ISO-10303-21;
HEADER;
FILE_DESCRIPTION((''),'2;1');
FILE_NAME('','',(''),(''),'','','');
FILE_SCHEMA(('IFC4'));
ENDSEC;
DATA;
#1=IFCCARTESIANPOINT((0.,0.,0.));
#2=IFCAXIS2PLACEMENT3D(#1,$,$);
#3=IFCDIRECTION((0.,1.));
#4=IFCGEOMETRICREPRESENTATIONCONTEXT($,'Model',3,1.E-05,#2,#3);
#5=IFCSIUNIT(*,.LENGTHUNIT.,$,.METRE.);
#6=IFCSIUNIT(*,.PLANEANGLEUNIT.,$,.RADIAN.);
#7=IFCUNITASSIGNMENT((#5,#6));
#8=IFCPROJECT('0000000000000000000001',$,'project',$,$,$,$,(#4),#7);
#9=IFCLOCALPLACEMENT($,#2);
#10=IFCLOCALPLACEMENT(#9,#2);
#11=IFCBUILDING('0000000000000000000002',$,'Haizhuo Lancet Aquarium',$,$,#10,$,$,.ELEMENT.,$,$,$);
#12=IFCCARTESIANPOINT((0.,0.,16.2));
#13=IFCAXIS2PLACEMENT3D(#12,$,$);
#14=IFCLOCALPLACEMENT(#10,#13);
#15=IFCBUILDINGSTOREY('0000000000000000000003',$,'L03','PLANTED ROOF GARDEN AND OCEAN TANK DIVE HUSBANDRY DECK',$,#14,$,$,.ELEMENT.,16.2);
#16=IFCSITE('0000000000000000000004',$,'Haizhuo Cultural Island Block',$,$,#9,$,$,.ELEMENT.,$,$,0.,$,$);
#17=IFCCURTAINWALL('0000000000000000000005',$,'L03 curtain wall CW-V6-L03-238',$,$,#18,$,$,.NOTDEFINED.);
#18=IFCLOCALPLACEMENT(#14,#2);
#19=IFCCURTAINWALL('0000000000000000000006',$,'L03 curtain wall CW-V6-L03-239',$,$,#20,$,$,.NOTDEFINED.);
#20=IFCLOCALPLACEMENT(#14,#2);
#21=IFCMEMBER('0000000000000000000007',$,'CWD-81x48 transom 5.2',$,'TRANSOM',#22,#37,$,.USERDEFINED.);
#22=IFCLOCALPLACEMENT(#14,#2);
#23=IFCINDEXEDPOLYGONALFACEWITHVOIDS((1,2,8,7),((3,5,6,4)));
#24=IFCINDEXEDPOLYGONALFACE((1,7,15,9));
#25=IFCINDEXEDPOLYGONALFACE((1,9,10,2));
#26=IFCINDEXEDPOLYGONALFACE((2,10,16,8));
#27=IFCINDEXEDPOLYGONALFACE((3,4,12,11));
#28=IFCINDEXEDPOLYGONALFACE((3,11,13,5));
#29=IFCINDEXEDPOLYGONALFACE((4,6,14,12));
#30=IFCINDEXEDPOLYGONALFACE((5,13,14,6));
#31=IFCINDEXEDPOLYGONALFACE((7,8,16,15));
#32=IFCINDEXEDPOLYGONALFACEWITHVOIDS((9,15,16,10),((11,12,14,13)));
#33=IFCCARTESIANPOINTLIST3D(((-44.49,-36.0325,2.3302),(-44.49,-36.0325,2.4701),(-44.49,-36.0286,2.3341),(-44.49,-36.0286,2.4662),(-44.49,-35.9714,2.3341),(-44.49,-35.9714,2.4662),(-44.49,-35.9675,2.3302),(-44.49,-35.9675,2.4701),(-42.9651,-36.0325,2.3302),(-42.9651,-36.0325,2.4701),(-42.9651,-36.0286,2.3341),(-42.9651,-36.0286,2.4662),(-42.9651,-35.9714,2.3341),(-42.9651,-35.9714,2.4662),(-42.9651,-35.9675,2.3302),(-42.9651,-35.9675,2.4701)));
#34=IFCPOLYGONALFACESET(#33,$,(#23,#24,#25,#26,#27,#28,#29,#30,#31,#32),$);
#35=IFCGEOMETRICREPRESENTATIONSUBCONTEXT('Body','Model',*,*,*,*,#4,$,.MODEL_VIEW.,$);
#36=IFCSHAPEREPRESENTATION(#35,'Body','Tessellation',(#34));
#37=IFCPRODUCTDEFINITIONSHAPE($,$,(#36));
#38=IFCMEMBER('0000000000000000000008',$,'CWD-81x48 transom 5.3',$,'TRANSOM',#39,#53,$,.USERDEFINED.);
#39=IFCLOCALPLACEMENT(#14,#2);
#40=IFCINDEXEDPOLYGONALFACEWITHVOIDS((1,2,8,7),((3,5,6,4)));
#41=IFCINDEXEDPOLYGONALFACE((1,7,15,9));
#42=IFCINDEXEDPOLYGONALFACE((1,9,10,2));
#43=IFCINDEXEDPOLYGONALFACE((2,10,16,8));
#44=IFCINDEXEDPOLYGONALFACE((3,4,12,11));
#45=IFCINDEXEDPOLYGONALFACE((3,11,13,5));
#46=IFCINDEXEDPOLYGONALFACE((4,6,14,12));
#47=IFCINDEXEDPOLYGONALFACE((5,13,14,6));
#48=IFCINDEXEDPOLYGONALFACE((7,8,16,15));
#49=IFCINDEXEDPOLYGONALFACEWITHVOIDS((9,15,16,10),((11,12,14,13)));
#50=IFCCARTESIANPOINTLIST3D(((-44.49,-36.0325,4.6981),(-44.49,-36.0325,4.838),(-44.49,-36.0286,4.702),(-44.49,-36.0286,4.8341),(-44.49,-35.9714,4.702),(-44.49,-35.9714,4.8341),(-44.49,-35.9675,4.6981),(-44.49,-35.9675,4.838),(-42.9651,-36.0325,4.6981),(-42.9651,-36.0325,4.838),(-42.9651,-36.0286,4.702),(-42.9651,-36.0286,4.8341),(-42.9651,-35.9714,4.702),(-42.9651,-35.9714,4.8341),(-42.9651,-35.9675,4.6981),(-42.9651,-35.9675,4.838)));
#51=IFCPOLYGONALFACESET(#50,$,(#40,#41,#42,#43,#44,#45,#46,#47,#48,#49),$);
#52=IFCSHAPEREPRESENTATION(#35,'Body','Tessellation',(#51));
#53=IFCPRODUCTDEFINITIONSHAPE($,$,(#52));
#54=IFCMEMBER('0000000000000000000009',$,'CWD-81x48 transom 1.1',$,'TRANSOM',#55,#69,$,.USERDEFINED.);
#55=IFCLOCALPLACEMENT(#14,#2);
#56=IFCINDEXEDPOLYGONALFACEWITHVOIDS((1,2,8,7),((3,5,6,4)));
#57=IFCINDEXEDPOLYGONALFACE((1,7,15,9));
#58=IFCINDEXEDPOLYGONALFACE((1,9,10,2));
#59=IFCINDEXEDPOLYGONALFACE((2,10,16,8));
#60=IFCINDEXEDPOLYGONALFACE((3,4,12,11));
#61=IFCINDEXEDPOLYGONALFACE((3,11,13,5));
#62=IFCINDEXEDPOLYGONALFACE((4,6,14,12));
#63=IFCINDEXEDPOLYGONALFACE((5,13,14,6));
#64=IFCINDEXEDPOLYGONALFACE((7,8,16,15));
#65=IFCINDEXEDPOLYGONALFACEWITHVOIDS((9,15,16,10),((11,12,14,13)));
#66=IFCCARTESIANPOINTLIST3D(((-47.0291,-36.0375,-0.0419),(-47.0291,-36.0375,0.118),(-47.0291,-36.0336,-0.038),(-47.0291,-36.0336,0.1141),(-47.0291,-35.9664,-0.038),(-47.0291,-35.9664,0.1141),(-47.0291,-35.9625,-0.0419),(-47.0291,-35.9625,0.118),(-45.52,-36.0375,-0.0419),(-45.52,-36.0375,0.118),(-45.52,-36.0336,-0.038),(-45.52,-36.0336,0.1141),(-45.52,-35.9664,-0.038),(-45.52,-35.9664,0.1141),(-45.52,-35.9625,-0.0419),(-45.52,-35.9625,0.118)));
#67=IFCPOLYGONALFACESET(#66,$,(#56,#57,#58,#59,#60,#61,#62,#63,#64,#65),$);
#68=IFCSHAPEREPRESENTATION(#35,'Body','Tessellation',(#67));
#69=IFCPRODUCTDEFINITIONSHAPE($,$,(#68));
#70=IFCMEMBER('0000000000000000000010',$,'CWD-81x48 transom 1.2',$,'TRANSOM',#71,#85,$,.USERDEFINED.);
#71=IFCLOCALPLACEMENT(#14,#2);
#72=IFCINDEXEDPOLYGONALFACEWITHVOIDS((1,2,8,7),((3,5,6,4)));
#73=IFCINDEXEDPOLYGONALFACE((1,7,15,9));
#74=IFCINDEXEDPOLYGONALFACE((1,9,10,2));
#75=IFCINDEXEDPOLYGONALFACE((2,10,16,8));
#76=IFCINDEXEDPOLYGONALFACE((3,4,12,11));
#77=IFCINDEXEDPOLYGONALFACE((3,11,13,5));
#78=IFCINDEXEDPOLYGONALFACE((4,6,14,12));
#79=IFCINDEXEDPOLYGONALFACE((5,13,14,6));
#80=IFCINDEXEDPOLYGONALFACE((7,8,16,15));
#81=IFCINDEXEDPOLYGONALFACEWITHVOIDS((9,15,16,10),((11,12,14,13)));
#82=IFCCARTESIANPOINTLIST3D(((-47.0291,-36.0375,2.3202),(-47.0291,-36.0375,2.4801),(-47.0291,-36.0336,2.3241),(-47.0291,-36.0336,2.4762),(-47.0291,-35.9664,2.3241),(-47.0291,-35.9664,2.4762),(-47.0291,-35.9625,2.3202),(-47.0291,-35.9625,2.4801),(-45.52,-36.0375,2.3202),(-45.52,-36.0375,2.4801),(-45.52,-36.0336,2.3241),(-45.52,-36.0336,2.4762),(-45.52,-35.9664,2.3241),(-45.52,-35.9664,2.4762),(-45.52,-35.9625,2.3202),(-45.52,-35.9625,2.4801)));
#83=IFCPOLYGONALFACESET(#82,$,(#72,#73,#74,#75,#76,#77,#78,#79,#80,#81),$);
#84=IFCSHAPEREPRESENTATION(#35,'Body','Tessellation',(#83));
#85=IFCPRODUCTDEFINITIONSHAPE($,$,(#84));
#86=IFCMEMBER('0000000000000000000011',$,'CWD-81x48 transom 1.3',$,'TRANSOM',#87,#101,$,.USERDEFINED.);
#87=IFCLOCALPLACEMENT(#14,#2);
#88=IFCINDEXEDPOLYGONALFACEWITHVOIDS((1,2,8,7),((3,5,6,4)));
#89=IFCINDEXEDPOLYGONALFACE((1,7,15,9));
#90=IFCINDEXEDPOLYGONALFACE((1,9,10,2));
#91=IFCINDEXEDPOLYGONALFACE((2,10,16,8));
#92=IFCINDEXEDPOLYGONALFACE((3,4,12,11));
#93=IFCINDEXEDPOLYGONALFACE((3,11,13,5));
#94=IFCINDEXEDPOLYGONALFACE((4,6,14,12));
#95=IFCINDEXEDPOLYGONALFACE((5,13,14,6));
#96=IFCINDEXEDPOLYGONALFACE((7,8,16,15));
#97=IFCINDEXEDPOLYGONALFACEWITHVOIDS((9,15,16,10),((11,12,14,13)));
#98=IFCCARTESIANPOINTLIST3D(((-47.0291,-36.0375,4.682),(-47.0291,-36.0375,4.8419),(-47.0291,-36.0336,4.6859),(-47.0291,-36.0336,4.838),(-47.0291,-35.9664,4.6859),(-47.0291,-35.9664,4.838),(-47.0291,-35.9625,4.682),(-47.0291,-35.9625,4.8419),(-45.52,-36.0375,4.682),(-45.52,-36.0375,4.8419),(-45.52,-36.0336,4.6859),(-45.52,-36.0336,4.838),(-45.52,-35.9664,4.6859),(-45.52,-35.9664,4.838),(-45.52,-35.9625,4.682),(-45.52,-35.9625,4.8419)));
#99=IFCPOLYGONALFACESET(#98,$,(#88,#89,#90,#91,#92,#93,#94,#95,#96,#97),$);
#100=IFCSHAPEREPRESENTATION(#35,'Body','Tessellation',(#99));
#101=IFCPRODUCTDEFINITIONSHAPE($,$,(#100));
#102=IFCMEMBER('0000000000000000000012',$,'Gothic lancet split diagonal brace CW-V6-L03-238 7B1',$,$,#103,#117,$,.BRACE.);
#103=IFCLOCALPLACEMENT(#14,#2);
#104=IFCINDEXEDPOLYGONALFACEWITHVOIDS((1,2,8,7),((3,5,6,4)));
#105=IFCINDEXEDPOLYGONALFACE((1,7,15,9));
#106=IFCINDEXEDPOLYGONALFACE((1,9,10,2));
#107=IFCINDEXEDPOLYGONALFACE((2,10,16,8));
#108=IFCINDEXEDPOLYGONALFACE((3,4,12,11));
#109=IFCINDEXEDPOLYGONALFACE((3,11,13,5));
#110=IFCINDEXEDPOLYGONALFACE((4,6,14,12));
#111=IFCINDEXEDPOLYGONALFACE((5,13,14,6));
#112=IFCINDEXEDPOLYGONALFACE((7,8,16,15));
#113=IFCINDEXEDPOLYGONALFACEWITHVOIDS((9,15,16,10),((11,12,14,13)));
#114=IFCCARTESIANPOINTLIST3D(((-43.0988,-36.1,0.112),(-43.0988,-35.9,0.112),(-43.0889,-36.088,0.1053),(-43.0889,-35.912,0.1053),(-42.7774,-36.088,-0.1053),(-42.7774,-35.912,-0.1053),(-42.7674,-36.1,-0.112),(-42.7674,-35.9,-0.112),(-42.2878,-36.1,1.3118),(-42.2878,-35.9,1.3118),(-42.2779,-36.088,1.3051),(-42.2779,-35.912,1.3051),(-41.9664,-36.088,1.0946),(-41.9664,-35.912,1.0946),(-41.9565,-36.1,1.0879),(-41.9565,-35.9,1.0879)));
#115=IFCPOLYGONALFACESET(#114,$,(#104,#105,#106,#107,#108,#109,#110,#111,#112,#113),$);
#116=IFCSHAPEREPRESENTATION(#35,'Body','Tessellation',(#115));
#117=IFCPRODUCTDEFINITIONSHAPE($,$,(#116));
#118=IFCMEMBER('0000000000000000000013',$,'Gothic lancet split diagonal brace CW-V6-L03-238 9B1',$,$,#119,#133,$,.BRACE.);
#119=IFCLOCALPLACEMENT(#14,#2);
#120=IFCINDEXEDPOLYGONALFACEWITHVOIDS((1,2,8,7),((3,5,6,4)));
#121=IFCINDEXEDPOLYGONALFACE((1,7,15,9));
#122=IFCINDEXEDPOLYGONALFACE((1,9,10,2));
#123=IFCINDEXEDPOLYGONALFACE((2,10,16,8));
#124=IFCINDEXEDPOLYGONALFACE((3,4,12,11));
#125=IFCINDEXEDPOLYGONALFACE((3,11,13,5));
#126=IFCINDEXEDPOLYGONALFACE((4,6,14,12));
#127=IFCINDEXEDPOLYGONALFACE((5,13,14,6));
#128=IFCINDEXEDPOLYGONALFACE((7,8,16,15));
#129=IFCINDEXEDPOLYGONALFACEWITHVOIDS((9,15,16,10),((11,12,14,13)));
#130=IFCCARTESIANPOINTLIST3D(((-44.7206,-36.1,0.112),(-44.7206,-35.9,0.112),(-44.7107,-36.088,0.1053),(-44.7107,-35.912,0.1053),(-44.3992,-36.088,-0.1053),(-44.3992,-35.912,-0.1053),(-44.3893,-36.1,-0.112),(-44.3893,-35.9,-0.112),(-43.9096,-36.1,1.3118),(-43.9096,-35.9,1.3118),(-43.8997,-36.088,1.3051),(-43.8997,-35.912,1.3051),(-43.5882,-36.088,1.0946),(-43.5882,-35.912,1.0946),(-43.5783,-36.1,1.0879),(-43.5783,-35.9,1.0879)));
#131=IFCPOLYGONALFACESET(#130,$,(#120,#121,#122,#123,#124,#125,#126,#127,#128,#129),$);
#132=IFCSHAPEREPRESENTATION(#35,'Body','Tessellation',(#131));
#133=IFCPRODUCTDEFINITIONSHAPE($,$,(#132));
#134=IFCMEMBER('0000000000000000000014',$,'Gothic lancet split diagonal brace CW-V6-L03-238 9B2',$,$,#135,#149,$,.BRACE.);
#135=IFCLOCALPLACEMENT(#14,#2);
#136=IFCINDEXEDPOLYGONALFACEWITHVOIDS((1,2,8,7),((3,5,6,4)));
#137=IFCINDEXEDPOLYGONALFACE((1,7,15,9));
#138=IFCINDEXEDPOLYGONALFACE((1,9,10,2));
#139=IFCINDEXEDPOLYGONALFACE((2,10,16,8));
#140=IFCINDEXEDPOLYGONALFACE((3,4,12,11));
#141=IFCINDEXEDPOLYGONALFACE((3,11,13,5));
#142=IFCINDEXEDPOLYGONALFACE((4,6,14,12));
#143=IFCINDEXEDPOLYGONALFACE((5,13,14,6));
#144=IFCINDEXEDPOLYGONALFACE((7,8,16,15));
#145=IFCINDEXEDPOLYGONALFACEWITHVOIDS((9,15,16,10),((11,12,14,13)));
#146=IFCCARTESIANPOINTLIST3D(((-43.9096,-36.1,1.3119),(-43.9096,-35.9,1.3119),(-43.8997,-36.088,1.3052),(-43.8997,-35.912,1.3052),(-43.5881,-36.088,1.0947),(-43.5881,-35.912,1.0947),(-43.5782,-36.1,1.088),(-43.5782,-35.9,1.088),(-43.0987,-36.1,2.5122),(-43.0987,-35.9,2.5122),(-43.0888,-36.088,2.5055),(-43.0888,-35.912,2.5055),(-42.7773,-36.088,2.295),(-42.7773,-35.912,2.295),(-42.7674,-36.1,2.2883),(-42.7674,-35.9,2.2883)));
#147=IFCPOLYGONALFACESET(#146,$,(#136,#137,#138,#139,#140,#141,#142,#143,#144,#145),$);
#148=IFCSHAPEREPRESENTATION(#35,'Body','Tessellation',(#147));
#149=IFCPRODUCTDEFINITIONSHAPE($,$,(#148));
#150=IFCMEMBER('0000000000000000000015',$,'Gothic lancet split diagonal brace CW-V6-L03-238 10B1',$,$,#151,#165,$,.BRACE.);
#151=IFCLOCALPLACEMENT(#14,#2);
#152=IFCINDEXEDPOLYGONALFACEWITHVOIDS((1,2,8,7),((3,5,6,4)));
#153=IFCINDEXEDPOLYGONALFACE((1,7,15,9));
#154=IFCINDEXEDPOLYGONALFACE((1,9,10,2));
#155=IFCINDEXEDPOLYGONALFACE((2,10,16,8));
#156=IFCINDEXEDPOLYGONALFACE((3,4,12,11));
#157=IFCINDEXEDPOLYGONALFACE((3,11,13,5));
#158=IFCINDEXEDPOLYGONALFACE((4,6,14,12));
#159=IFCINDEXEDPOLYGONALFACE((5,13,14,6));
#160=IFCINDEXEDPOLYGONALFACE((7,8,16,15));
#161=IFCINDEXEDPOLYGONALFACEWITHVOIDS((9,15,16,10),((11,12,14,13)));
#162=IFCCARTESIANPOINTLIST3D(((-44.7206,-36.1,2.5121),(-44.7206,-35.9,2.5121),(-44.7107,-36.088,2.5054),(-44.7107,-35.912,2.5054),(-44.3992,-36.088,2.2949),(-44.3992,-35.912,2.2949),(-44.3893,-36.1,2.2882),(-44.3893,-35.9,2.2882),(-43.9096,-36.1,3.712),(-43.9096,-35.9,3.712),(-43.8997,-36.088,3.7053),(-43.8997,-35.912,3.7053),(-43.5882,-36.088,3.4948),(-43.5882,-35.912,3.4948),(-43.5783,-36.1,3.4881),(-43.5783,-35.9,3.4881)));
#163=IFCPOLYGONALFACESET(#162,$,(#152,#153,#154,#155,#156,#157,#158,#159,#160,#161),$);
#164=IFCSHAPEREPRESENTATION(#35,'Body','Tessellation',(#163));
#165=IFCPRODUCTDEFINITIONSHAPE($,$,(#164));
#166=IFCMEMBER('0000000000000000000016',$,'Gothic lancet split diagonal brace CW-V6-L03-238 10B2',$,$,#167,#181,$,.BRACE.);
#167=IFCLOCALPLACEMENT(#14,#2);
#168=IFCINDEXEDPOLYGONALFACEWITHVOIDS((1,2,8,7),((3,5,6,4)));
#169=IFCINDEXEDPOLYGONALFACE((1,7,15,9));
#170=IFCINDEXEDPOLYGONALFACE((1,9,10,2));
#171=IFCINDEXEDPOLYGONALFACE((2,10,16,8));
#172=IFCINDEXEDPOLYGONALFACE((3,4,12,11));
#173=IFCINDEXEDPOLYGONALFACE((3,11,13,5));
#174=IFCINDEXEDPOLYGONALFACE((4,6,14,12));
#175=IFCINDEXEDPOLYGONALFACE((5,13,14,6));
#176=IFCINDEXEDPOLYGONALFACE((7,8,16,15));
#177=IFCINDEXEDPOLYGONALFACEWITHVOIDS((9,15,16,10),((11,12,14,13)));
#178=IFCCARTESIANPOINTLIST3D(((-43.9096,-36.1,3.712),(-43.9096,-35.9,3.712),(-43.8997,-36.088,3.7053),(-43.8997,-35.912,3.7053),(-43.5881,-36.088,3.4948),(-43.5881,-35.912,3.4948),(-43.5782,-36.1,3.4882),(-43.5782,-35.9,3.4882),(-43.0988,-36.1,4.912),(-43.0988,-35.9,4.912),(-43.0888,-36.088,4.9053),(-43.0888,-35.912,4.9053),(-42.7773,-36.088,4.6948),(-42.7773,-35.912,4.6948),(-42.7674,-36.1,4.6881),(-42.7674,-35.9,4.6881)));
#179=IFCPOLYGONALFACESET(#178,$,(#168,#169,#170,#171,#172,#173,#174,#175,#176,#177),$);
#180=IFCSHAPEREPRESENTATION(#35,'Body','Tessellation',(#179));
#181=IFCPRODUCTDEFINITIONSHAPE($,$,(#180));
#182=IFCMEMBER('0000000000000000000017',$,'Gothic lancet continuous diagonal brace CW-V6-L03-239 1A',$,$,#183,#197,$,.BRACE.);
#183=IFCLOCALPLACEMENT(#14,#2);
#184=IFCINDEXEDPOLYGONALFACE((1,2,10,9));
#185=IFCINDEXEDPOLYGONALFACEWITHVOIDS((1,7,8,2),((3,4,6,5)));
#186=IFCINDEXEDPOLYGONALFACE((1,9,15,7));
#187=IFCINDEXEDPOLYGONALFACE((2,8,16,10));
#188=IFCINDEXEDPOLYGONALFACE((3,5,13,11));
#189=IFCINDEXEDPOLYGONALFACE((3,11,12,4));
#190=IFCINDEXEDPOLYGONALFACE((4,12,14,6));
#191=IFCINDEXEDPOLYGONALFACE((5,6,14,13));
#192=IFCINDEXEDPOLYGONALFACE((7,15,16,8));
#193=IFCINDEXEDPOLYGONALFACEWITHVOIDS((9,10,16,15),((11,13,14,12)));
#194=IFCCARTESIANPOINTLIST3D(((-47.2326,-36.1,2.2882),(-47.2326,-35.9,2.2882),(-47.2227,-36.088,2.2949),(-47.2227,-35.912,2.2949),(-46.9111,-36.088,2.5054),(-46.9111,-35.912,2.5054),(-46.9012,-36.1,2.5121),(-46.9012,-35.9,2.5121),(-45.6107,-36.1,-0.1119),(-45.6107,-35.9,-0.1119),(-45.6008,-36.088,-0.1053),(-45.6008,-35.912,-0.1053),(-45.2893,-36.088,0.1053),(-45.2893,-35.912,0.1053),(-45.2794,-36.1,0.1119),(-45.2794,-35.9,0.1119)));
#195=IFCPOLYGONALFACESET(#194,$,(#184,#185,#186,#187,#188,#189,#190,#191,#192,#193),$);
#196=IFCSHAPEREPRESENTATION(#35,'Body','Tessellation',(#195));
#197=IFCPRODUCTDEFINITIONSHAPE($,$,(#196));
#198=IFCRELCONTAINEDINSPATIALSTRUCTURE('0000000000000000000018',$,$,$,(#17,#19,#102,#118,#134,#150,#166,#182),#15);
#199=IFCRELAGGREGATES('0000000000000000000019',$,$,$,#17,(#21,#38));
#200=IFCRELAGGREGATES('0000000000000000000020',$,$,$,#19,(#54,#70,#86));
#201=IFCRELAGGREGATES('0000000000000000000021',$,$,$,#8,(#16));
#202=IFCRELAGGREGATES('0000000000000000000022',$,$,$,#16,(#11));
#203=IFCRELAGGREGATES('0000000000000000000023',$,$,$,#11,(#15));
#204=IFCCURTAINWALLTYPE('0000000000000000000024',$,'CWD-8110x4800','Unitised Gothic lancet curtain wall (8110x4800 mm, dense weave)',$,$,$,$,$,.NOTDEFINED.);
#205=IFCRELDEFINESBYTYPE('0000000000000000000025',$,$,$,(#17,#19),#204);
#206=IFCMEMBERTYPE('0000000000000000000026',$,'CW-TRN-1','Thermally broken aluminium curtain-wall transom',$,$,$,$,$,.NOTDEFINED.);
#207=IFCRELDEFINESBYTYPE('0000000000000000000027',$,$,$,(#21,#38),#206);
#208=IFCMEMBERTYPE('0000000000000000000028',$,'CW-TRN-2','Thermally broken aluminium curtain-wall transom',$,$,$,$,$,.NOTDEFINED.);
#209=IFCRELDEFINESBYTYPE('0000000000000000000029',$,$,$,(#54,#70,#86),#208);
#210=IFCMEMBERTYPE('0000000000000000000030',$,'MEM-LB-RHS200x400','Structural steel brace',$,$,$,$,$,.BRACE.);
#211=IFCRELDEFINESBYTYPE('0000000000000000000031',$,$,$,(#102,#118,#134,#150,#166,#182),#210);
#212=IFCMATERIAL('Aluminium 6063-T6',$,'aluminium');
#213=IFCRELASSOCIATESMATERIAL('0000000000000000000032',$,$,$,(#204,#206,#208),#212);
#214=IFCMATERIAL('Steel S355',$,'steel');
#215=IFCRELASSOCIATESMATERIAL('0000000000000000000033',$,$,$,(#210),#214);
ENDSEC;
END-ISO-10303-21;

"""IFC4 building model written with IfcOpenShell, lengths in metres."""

from ifc_helpers import new_model, si_unit, direction, frame, origin, origin_2d, place, context, subcontext, project, spatial, hollow_rectangle, extrude, material, material_profile, profile_set, type_object, element, aggregate, save


model = new_model("IFC4")

# Units and contexts
model_context = context("Model", 3, precision=1e-05, world=origin(), true_north=direction((0.0, 1.0)))
body_context = subcontext(model_context, "Body", "Model", "MODEL_VIEW")
ifc_project = project(units=[si_unit("LENGTHUNIT", "METRE"), si_unit("PLANEANGLEUNIT", "RADIAN")], contexts=[model_context])

# Site, building, storey
site_placement = place(None, origin())
site = spatial("IfcSite", under=ifc_project, at=site_placement, Name="Haizhuo Cultural Island Block", CompositionType="ELEMENT", RefElevation=0.0)
building_placement = place(site_placement, origin())
building = spatial("IfcBuilding", under=site, at=building_placement, Name="Haizhuo Lancet Aquarium", CompositionType="ELEMENT")
storey_placement = place(building_placement, frame((0.0, 0.0, 16.2)))
storey = spatial("IfcBuildingStorey", under=building, at=storey_placement, Name="L03", Description="PLANTED ROOF GARDEN AND OCEAN TANK DIVE HUSBANDRY DECK", CompositionType="ELEMENT", Elevation=16.2)

# Shared definitions
ifc_material_1 = material(Name="Steel S355", Category="steel")

# Curtain wall
ifc_material_2 = material(Name="Aluminium 6063-T6", Category="aluminium")
curtain_wall_type = type_object("IfcCurtainWallType", Name="CWD-8110x4800", Description="Unitised Gothic lancet curtain wall (8110x4800 mm, dense weave)", PredefinedType="NOTDEFINED", material=ifc_material_2)
curtain_wall_1_placement = place(storey_placement, origin())
curtain_wall_1 = element("IfcCurtainWall", 1, at=curtain_wall_1_placement, inside=storey, type_object=curtain_wall_type, Name="L03 curtain wall CW-V6-L03-238", PredefinedType="NOTDEFINED")

# Curtain wall
curtain_wall_2_placement = place(storey_placement, origin())
curtain_wall_2 = element("IfcCurtainWall", 2, at=curtain_wall_2_placement, inside=storey, type_object=curtain_wall_type, Name="L03 curtain wall CW-V6-L03-239", PredefinedType="NOTDEFINED")

# Members
ifc_material_profile_1 = material_profile(ifc_material_2, hollow_rectangle(XDim=0.0649, YDim=0.1399, WallThickness=0.0039, at=origin_2d()), Name="ALU-T 65x140x4")
ifc_profile_set_1 = profile_set([ifc_material_profile_1], Name="Aluminium 6063-T6")
member_type_1 = type_object("IfcMemberType", Name="CW-TRN-1", Description="Thermally broken aluminium curtain-wall transom", PredefinedType="NOTDEFINED", material=ifc_profile_set_1)
member_1_placement = place(storey_placement, frame((-42.9651, -36.0, 2.4001), z_axis=(-1.0, 0.0, 0.0), x_axis=(0.0, -1.0, 0.0)))
member_1 = element("IfcMember", 3, at=member_1_placement, type_object=member_type_1, Name="CWD-81x48 transom 5.2", ObjectType="TRANSOM", PredefinedType="USERDEFINED", context=body_context, shape_type="SweptSolid", body=[
    extrude(hollow_rectangle(XDim=0.0649, YDim=0.1399, WallThickness=0.0039, at=origin_2d()), origin(), (0.0, 0.0, 1.0), 1.5249),
])
member_2_placement = place(storey_placement, frame((-42.9651, -36.0, 4.7681), z_axis=(-1.0, 0.0, 0.0), x_axis=(0.0, -1.0, 0.0)))
member_2 = element("IfcMember", 4, at=member_2_placement, type_object=member_type_1, Name="CWD-81x48 transom 5.3", ObjectType="TRANSOM", PredefinedType="USERDEFINED", context=body_context, shape_type="SweptSolid", body=[
    extrude(hollow_rectangle(XDim=0.0649, YDim=0.1399, WallThickness=0.0039, at=origin_2d()), origin(), (0.0, 0.0, 1.0), 1.5249),
])
ifc_material_profile_2 = material_profile(ifc_material_2, hollow_rectangle(XDim=0.075, YDim=0.1599, WallThickness=0.0039, at=origin_2d()), Name="ALU-T 75x160x4")
ifc_profile_set_2 = profile_set([ifc_material_profile_2], Name="Aluminium 6063-T6")
member_type_2 = type_object("IfcMemberType", Name="CW-TRN-2", Description="Thermally broken aluminium curtain-wall transom", PredefinedType="NOTDEFINED", material=ifc_profile_set_2)
member_3_placement = place(storey_placement, frame((-45.52, -36.0, 0.0381), z_axis=(-1.0, 0.0, 0.0), x_axis=(0.0, -1.0, 0.0)))
member_3 = element("IfcMember", 5, at=member_3_placement, type_object=member_type_2, Name="CWD-81x48 transom 1.1", ObjectType="TRANSOM", PredefinedType="USERDEFINED", context=body_context, shape_type="SweptSolid", body=[
    extrude(hollow_rectangle(XDim=0.075, YDim=0.1599, WallThickness=0.0039, at=origin_2d()), origin(), (0.0, 0.0, 1.0), 1.509),
])
member_4_placement = place(storey_placement, frame((-45.52, -36.0, 2.4001), z_axis=(-1.0, 0.0, 0.0), x_axis=(0.0, -1.0, 0.0)))
member_4 = element("IfcMember", 6, at=member_4_placement, type_object=member_type_2, Name="CWD-81x48 transom 1.2", ObjectType="TRANSOM", PredefinedType="USERDEFINED", context=body_context, shape_type="SweptSolid", body=[
    extrude(hollow_rectangle(XDim=0.075, YDim=0.1599, WallThickness=0.0039, at=origin_2d()), origin(), (0.0, 0.0, 1.0), 1.509),
])
member_5_placement = place(storey_placement, frame((-45.52, -36.0, 4.762), z_axis=(-1.0, 0.0, 0.0), x_axis=(0.0, -1.0, 0.0)))
member_5 = element("IfcMember", 7, at=member_5_placement, type_object=member_type_2, Name="CWD-81x48 transom 1.3", ObjectType="TRANSOM", PredefinedType="USERDEFINED", context=body_context, shape_type="SweptSolid", body=[
    extrude(hollow_rectangle(XDim=0.075, YDim=0.1599, WallThickness=0.0039, at=origin_2d()), origin(), (0.0, 0.0, 1.0), 1.509),
])

# Members
ifc_material_profile_3 = material_profile(ifc_material_1, hollow_rectangle(XDim=0.2, YDim=0.3999, WallThickness=0.012, at=origin_2d()), Name="RHS 200x400x12")
ifc_profile_set_3 = profile_set([ifc_material_profile_3], Name="Steel S355")
member_type_3 = type_object("IfcMemberType", Name="MEM-LB-RHS200x400", Description="Structural steel brace", PredefinedType="BRACE", material=ifc_profile_set_3)
for number, where, z_axis, x_axis, name in (
    (8, (-42.9331, -36.0, 0.0), (0.559979, 0.0, 0.828507), (0.0, 1.0, 0.0), "Gothic lancet split diagonal brace CW-V6-L03-238 7B1"),
    (9, (-44.5549, -36.0, 0.0), (0.559979, 0.0, 0.828507), (0.0, 1.0, 0.0), "Gothic lancet split diagonal brace CW-V6-L03-238 9B1"),
):
    element("IfcMember", number, at=place(storey_placement, frame(where, z_axis=z_axis, x_axis=x_axis)), inside=storey, type_object=member_type_3, Name=name, PredefinedType="BRACE", context=body_context, shape_type="SweptSolid", body=[
        extrude(hollow_rectangle(XDim=0.2, YDim=0.3999, WallThickness=0.012, at=origin_2d()), origin(), (0.0, 0.0, 1.0), 1.4482),
    ])
member_6_placement = place(storey_placement, frame((-43.7439, -36.0, 1.2), z_axis=(0.559785, 0.0, 0.828638), x_axis=(0.0, 1.0, 0.0)))
element("IfcMember", 10, at=member_6_placement, inside=storey, type_object=member_type_3, Name="Gothic lancet split diagonal brace CW-V6-L03-238 9B2", PredefinedType="BRACE", context=body_context, shape_type="SweptSolid", body=[
    extrude(hollow_rectangle(XDim=0.2, YDim=0.3999, WallThickness=0.012, at=origin_2d()), origin(), (0.0, 0.0, 1.0), 1.4485),
])
for number, where, z_axis, x_axis, name in (
    (11, (-44.5549, -36.0, 2.4001), (0.559979, 0.0, 0.828507), (0.0, 1.0, 0.0), "Gothic lancet split diagonal brace CW-V6-L03-238 10B1"),
    (12, (-43.7439, -36.0, 3.6001), (0.559864, 0.0, 0.828585), (0.0, 1.0, 0.0), "Gothic lancet split diagonal brace CW-V6-L03-238 10B2"),
):
    element("IfcMember", number, at=place(storey_placement, frame(where, z_axis=z_axis, x_axis=x_axis)), inside=storey, type_object=member_type_3, Name=name, PredefinedType="BRACE", context=body_context, shape_type="SweptSolid", body=[
        extrude(hollow_rectangle(XDim=0.2, YDim=0.3999, WallThickness=0.012, at=origin_2d()), origin(), (0.0, 0.0, 1.0), 1.4482),
    ])
member_7_placement = place(storey_placement, frame((-45.4451, -36.0, 0.0), z_axis=(-0.559882, 0.0, 0.828572), x_axis=(0.0, -1.0, 0.0)))
element("IfcMember", 13, at=member_7_placement, inside=storey, type_object=member_type_3, Name="Gothic lancet continuous diagonal brace CW-V6-L03-239 1A", PredefinedType="BRACE", context=body_context, shape_type="SweptSolid", body=[
    extrude(hollow_rectangle(XDim=0.2, YDim=0.3999, WallThickness=0.012, at=origin_2d()), origin(), (0.0, 0.0, 1.0), 2.8967),
])

aggregate(curtain_wall_1, [member_1, member_2])
aggregate(curtain_wall_2, [member_3, member_4, member_5])

save(model, "model.ifc")
